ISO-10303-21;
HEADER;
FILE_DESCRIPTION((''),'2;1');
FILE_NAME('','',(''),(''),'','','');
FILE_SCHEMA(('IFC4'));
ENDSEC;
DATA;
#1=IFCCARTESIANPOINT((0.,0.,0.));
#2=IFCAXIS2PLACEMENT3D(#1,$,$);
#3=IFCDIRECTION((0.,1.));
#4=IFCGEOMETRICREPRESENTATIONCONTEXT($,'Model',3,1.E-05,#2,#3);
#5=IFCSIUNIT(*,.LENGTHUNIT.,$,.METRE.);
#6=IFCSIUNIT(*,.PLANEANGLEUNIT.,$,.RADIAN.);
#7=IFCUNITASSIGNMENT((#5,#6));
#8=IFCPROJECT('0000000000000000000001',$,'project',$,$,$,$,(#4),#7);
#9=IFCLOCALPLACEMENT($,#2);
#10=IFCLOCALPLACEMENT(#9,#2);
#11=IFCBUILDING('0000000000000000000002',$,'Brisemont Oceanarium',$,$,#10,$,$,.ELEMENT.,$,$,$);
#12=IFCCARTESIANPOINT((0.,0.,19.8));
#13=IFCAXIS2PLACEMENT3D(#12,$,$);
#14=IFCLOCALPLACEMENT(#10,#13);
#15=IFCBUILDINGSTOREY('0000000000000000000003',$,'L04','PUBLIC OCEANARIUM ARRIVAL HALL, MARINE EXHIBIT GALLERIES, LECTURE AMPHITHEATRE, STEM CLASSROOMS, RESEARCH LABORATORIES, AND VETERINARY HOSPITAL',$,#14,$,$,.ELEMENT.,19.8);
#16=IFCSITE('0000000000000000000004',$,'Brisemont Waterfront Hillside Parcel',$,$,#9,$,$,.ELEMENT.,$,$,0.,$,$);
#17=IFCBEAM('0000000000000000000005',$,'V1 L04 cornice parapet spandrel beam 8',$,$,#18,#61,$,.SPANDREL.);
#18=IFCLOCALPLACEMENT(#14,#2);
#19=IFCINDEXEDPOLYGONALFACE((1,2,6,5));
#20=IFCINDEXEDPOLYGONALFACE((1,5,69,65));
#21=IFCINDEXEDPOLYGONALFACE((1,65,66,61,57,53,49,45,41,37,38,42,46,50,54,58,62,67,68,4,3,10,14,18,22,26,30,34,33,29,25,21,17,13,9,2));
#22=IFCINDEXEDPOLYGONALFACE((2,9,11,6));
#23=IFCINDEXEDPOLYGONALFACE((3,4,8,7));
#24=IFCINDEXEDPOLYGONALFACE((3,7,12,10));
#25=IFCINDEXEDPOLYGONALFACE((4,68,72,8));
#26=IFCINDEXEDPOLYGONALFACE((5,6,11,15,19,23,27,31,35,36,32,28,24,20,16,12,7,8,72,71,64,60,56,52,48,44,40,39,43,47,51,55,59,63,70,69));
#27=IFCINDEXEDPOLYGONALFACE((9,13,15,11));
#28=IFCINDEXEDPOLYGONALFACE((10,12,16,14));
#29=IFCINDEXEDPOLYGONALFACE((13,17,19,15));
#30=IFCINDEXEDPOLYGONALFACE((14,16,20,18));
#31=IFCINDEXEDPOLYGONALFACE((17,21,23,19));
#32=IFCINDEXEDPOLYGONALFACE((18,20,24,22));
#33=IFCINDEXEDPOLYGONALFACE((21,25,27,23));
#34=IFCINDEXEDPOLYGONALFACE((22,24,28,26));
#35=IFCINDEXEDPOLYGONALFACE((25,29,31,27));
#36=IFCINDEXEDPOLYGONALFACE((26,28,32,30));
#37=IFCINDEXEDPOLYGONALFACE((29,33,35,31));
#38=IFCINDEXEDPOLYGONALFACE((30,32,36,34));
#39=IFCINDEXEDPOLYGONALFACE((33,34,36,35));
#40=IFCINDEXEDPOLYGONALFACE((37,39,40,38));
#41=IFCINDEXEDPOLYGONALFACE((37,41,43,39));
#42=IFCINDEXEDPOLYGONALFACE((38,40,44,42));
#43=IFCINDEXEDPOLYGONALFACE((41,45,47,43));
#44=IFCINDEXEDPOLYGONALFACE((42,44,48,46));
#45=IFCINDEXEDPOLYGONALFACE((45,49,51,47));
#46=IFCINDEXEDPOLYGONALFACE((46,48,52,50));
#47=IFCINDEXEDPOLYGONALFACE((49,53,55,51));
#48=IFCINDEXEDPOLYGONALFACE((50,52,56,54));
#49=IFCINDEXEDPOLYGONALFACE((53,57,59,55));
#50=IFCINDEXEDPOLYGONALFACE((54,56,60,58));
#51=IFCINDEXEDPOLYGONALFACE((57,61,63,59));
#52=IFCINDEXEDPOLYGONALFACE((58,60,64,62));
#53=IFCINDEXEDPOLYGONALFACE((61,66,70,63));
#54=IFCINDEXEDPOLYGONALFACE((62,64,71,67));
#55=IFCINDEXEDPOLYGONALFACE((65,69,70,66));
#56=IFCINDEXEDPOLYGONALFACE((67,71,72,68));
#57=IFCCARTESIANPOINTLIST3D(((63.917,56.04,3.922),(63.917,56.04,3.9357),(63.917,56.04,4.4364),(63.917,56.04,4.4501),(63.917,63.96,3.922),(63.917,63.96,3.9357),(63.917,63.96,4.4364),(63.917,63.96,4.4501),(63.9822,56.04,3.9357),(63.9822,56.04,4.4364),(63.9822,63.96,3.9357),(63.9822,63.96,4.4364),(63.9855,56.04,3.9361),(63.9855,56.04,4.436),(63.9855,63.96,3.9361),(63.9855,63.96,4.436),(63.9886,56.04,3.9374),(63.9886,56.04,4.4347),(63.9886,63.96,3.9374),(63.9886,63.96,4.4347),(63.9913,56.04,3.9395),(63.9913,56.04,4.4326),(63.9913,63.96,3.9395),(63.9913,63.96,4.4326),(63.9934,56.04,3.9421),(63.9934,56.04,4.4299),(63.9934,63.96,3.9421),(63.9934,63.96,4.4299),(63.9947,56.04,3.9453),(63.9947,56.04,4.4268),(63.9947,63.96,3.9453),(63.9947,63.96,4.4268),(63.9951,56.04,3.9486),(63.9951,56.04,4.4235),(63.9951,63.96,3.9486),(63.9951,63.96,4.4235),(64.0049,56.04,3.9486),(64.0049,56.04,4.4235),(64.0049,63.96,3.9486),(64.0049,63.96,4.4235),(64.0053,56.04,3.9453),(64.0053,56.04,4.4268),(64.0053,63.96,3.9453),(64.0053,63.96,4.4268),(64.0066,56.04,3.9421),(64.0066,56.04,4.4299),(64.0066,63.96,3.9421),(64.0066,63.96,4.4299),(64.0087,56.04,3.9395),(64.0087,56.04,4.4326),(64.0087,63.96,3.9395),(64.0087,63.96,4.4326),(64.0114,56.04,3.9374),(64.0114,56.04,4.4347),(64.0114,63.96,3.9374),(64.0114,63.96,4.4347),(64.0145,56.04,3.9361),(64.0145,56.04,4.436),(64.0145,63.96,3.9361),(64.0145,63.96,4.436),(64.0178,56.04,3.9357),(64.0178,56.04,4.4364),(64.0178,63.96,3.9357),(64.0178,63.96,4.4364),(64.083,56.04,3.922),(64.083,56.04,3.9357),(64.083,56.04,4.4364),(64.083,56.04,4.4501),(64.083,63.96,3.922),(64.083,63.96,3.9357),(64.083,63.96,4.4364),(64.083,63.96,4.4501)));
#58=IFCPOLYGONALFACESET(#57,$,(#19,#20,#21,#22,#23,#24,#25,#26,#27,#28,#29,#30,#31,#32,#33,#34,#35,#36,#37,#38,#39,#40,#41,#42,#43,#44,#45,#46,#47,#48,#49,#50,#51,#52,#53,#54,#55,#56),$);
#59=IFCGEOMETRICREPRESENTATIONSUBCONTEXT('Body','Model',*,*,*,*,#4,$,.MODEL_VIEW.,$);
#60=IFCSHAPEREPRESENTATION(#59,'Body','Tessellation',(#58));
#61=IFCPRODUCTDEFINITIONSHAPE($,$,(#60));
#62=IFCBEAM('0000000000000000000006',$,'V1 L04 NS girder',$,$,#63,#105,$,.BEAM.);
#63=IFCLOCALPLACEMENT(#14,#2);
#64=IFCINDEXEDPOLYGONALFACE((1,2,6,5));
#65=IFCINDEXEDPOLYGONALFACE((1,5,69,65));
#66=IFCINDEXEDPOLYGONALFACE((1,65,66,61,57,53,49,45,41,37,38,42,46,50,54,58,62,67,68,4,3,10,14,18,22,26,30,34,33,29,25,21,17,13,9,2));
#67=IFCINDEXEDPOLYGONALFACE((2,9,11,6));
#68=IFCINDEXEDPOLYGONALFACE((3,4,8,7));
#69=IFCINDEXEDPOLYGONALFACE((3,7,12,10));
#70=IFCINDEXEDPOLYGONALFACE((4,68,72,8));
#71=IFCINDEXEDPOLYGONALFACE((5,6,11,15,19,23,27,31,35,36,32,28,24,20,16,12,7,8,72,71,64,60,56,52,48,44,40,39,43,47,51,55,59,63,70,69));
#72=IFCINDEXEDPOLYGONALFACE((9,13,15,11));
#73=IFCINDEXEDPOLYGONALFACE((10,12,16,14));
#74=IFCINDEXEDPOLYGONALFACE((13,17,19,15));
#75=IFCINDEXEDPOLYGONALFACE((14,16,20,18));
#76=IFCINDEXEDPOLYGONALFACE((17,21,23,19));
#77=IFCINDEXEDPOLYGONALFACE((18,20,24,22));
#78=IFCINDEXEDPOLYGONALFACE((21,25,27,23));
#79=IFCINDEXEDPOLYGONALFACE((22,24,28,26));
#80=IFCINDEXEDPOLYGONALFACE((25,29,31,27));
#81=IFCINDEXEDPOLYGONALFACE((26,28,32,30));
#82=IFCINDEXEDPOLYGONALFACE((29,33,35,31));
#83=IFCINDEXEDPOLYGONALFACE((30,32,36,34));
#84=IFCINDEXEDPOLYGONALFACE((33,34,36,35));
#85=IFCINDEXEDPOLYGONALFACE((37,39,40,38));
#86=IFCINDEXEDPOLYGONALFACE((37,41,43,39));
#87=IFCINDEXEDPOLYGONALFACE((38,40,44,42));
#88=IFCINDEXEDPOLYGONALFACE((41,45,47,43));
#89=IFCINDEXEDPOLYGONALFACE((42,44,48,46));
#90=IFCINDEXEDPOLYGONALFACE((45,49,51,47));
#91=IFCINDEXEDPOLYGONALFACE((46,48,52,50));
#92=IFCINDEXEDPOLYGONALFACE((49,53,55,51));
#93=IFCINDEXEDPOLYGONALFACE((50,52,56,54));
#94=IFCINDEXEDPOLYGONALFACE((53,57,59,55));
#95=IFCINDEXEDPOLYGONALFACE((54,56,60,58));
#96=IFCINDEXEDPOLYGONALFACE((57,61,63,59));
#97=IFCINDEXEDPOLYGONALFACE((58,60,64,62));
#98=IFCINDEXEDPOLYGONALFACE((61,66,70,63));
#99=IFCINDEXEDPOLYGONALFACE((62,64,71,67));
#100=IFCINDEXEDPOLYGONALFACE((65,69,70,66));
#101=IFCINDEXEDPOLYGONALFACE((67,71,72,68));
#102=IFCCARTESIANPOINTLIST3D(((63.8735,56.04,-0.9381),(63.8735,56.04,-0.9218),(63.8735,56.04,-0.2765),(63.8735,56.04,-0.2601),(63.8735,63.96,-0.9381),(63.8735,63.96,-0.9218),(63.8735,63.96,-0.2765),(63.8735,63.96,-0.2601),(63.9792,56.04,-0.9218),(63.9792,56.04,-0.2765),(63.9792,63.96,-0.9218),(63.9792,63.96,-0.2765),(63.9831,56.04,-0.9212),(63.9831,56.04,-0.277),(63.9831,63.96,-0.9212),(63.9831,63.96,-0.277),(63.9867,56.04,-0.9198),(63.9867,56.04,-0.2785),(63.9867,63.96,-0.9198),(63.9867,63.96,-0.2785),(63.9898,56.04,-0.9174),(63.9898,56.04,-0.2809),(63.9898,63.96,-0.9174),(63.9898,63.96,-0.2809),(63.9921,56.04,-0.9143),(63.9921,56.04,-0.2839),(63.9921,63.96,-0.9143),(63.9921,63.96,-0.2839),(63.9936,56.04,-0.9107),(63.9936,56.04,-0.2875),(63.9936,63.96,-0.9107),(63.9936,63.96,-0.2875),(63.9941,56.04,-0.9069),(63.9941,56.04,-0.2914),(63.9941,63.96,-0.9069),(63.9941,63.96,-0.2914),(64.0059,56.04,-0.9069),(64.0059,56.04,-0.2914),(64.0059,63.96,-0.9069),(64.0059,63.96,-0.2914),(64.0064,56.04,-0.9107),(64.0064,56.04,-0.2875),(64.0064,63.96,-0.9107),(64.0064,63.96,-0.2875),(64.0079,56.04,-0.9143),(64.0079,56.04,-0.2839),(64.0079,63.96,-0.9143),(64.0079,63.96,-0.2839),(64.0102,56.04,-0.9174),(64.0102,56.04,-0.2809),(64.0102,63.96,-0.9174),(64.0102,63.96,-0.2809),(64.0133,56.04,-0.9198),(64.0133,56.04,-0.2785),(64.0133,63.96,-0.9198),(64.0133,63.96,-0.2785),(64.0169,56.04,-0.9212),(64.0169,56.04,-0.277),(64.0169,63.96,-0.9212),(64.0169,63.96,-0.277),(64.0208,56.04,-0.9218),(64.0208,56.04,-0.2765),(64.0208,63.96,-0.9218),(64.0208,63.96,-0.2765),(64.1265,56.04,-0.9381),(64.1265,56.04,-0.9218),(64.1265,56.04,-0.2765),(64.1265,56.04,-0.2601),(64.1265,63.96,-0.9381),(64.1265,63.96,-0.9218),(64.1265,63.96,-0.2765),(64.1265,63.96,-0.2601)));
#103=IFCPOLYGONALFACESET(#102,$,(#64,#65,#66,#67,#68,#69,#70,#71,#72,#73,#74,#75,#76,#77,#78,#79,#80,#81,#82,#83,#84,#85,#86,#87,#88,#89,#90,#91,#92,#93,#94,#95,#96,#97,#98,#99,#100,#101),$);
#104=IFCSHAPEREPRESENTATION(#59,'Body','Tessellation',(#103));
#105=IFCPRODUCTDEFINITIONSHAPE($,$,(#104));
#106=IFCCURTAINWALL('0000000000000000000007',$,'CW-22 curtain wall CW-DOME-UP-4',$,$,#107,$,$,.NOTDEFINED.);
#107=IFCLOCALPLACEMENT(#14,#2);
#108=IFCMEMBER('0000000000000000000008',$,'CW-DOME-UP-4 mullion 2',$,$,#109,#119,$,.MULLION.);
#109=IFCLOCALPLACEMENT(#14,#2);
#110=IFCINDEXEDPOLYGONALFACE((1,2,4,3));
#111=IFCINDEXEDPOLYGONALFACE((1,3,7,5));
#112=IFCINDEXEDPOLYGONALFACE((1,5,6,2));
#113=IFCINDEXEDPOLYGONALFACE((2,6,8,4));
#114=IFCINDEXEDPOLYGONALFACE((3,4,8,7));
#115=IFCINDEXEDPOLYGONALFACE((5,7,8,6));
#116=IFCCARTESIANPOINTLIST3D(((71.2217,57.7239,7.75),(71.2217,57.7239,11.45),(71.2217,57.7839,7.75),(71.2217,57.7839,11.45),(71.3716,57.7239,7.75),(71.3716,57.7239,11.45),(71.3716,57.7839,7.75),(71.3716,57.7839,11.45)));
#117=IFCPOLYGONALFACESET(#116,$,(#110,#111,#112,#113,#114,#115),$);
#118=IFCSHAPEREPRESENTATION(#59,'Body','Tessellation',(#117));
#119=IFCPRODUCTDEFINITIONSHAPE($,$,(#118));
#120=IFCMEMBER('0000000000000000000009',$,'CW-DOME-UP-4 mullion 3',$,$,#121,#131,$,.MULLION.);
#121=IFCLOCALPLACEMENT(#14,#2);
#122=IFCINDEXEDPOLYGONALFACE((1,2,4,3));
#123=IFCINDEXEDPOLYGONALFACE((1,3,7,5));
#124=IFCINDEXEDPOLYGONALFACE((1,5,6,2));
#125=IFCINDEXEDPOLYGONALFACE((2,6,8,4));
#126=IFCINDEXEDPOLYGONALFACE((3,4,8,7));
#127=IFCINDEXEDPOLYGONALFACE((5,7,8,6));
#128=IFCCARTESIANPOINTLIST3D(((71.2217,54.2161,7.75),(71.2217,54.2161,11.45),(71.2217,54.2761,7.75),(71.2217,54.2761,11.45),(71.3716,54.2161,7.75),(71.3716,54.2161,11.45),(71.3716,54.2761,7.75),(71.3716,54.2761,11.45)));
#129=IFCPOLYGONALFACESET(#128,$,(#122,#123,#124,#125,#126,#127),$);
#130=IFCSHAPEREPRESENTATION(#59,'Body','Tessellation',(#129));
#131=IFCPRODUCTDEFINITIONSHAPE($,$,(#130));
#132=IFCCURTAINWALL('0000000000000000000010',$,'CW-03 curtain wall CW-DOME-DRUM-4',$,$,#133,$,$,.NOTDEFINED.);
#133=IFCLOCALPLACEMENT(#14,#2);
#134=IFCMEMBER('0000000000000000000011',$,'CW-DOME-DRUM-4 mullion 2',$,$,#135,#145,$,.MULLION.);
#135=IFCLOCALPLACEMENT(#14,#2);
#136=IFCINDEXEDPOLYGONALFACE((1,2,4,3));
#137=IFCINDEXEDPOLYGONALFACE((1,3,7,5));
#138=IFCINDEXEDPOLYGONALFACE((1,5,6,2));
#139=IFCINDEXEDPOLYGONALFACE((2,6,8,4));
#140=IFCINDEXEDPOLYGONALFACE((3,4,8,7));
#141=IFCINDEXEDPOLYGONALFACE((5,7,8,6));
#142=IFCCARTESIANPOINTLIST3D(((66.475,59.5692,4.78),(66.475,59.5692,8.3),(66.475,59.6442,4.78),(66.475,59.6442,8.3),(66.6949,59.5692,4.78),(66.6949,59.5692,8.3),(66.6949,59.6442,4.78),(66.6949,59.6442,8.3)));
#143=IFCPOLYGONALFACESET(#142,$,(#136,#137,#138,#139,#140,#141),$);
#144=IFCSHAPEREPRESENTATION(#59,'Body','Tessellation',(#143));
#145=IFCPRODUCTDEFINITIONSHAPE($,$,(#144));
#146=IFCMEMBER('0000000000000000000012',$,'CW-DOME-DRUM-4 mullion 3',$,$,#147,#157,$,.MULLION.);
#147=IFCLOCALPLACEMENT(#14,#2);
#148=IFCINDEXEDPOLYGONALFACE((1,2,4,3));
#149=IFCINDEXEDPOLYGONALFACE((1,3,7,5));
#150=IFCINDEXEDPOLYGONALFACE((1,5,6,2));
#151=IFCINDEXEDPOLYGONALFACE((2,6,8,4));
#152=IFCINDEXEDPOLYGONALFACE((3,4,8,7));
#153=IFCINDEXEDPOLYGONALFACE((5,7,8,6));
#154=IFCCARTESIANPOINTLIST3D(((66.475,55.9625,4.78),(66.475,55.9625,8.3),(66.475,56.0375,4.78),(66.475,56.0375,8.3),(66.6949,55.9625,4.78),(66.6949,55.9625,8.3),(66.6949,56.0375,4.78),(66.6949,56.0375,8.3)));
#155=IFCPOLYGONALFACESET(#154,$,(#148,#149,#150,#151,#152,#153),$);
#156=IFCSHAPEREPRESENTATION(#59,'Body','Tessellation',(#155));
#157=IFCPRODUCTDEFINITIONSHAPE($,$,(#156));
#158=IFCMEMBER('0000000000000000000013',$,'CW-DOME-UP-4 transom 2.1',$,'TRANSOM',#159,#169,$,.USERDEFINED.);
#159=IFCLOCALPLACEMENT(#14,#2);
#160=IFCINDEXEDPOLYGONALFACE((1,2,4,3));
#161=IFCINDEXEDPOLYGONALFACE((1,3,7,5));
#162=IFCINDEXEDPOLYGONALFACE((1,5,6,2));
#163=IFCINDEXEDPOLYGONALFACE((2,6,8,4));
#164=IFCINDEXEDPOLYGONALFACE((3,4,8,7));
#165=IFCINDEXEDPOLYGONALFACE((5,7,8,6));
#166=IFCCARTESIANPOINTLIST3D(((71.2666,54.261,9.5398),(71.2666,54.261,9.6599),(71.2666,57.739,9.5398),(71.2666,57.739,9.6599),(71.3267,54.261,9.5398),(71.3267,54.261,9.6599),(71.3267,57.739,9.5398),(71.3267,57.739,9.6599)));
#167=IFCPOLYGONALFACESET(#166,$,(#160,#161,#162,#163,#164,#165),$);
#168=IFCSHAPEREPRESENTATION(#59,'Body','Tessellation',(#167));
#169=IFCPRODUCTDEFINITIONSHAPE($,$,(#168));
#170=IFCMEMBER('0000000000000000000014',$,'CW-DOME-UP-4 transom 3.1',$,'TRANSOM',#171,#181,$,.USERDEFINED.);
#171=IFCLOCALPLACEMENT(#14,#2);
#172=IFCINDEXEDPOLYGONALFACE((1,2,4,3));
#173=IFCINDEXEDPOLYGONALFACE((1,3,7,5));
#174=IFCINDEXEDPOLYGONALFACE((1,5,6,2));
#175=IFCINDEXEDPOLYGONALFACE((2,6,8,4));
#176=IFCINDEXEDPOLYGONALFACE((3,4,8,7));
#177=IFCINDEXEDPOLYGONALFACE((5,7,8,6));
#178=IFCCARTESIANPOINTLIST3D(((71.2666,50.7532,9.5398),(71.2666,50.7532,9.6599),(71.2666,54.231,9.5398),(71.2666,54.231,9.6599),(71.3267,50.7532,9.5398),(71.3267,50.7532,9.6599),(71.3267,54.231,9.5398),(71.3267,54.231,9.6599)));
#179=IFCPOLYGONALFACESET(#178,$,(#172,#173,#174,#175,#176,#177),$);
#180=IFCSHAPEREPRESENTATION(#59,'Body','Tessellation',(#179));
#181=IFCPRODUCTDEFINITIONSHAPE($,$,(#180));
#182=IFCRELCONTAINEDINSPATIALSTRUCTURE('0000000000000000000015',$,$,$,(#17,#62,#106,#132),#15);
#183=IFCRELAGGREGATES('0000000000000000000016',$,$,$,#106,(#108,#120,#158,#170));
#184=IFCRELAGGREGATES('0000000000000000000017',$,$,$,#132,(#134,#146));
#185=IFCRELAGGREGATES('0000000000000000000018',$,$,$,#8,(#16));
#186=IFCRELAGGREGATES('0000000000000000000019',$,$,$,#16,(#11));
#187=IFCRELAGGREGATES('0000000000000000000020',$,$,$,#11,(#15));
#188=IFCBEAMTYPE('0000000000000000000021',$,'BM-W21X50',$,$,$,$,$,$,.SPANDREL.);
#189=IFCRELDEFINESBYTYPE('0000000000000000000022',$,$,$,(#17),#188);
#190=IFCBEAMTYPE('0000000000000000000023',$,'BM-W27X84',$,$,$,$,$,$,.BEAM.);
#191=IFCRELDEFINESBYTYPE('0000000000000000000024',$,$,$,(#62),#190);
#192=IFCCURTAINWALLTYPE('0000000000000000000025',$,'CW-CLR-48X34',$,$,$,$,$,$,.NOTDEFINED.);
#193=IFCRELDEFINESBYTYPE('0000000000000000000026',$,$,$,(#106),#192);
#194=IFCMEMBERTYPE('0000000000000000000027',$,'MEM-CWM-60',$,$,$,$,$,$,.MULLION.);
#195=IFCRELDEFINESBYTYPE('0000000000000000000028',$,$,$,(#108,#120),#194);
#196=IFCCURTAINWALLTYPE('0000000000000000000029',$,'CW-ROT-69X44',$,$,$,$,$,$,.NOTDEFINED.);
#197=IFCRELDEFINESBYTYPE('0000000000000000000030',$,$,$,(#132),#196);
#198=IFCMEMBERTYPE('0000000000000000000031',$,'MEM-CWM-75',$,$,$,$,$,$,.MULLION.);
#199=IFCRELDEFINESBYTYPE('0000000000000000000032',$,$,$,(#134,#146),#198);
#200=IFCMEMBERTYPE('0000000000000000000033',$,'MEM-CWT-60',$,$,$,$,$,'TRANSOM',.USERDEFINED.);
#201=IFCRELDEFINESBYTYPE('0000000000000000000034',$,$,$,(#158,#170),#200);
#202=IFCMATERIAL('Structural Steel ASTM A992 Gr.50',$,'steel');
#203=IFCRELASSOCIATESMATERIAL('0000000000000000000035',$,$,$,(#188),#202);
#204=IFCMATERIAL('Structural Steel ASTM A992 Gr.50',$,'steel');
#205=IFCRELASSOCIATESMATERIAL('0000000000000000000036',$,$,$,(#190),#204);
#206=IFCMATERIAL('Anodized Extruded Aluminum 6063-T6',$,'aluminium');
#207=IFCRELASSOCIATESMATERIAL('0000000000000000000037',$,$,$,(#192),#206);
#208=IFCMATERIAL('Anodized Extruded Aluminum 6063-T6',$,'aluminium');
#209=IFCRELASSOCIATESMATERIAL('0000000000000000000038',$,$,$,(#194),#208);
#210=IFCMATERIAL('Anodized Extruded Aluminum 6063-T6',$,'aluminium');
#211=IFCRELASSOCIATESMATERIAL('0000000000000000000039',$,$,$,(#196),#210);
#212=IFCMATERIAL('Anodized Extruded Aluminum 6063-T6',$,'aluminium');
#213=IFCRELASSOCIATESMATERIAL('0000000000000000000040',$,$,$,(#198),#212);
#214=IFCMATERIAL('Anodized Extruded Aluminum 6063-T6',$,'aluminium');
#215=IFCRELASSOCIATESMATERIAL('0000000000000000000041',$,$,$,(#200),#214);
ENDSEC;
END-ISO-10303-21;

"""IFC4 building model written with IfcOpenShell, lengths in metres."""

from ifc_helpers import new_model, si_unit, direction, frame, origin, origin_2d, place, context, subcontext, project, spatial, rectangle, i_section, extrude, material, material_profile, profile_set, type_object, element, aggregate, save


model = new_model("IFC4")

# Units and contexts
model_context = context("Model", 3, precision=1e-05, world=origin(), true_north=direction((0.0, 1.0)))
body_context = subcontext(model_context, "Body", "Model", "MODEL_VIEW")
ifc_project = project(units=[si_unit("LENGTHUNIT", "METRE"), si_unit("PLANEANGLEUNIT", "RADIAN")], contexts=[model_context])

# Site, building, storey
site_placement = place(None, origin())
site = spatial("IfcSite", under=ifc_project, at=site_placement, Name="Brisemont Waterfront Hillside Parcel", CompositionType="ELEMENT", RefElevation=0.0)
building_placement = place(site_placement, origin())
building = spatial("IfcBuilding", under=site, at=building_placement, Name="Brisemont Oceanarium", CompositionType="ELEMENT")
storey_placement = place(building_placement, frame((0.0, 0.0, 19.8)))
storey = spatial("IfcBuildingStorey", under=building, at=storey_placement, Name="L04", Description="PUBLIC OCEANARIUM ARRIVAL HALL, MARINE EXHIBIT GALLERIES, LECTURE AMPHITHEATRE, STEM CLASSROOMS, RESEARCH LABORATORIES, AND VETERINARY HOSPITAL", CompositionType="ELEMENT", Elevation=19.8)

# Beams
ifc_material_1 = material(Name="Structural Steel ASTM A992 Gr.50", Category="steel")
ifc_material_profile_1 = material_profile(ifc_material_1, i_section(OverallWidth=0.166, OverallDepth=0.5281, WebThickness=0.0098, FlangeThickness=0.0137, FilletRadius=0.0129, at=origin_2d()), Name="W21X50")
ifc_profile_set_1 = profile_set([ifc_material_profile_1], Name="Structural Steel ASTM A992 Gr.50")
beam_type_1 = type_object("IfcBeamType", Name="BM-W21X50", PredefinedType="SPANDREL", material=ifc_profile_set_1)
beam_1_placement = place(storey_placement, frame((64.0, 56.04, 4.186), z_axis=(0.0, 1.0, 0.0), x_axis=(-1.0, 0.0, 0.0)))
element("IfcBeam", 1, at=beam_1_placement, inside=storey, type_object=beam_type_1, Name="V1 L04 cornice parapet spandrel beam 8", PredefinedType="SPANDREL", context=body_context, shape_type="SweptSolid", body=[
    extrude(i_section(OverallWidth=0.166, OverallDepth=0.5281, WebThickness=0.0098, FlangeThickness=0.0137, FilletRadius=0.0129, at=origin_2d()), origin(), (0.0, 0.0, 1.0), 7.9199),
])
ifc_material_2 = material(Name="Structural Steel ASTM A992 Gr.50", Category="steel")
ifc_material_profile_2 = material_profile(ifc_material_2, i_section(OverallWidth=0.2529, OverallDepth=0.678, WebThickness=0.0117, FlangeThickness=0.0164, FilletRadius=0.0149, at=origin_2d()), Name="W27X84")
ifc_profile_set_2 = profile_set([ifc_material_profile_2], Name="Structural Steel ASTM A992 Gr.50")
beam_type_2 = type_object("IfcBeamType", Name="BM-W27X84", PredefinedType="BEAM", material=ifc_profile_set_2)
beam_2_placement = place(storey_placement, frame((64.0, 56.04, -0.5991), z_axis=(0.0, 1.0, 0.0), x_axis=(-1.0, 0.0, 0.0)))
element("IfcBeam", 2, at=beam_2_placement, inside=storey, type_object=beam_type_2, Name="V1 L04 NS girder", PredefinedType="BEAM", context=body_context, shape_type="SweptSolid", body=[
    extrude(i_section(OverallWidth=0.2529, OverallDepth=0.678, WebThickness=0.0117, FlangeThickness=0.0164, FilletRadius=0.0149, at=origin_2d()), origin(), (0.0, 0.0, 1.0), 7.9199),
])

# Curtain walls, members
ifc_material_3 = material(Name="Anodized Extruded Aluminum 6063-T6", Category="aluminium")
curtain_wall_type_1 = type_object("IfcCurtainWallType", Name="CW-CLR-48X34", PredefinedType="NOTDEFINED", material=ifc_material_3)
curtain_wall_1_placement = place(storey_placement, origin())
curtain_wall_1 = element("IfcCurtainWall", 3, at=curtain_wall_1_placement, inside=storey, type_object=curtain_wall_type_1, Name="CW-22 curtain wall CW-DOME-UP-4", PredefinedType="NOTDEFINED")
ifc_material_4 = material(Name="Anodized Extruded Aluminum 6063-T6", Category="aluminium")
ifc_material_profile_3 = material_profile(ifc_material_4, rectangle(XDim=0.0601, YDim=0.1499, at=origin_2d()), Name="CWM-60X150")
ifc_profile_set_3 = profile_set([ifc_material_profile_3], Name="Anodized Extruded Aluminum 6063-T6")
member_type_1 = type_object("IfcMemberType", Name="MEM-CWM-60", PredefinedType="MULLION", material=ifc_profile_set_3)
member_1_placement = place(storey_placement, frame((71.2966, 57.7539, 7.75), z_axis=(0.0, 0.0, 1.0), x_axis=(0.0, -1.0, 0.0)))
member_1 = element("IfcMember", 4, at=member_1_placement, type_object=member_type_1, Name="CW-DOME-UP-4 mullion 2", PredefinedType="MULLION", context=body_context, shape_type="SweptSolid", body=[
    extrude(rectangle(XDim=0.0601, YDim=0.1499, at=origin_2d()), origin(), (0.0, 0.0, 1.0), 3.7),
])
member_2_placement = place(storey_placement, frame((71.2966, 54.2461, 7.75), z_axis=(0.0, 0.0, 1.0), x_axis=(0.0, -1.0, 0.0)))
member_2 = element("IfcMember", 5, at=member_2_placement, type_object=member_type_1, Name="CW-DOME-UP-4 mullion 3", PredefinedType="MULLION", context=body_context, shape_type="SweptSolid", body=[
    extrude(rectangle(XDim=0.0601, YDim=0.1499, at=origin_2d()), origin(), (0.0, 0.0, 1.0), 3.7),
])
ifc_material_5 = material(Name="Anodized Extruded Aluminum 6063-T6", Category="aluminium")
curtain_wall_type_2 = type_object("IfcCurtainWallType", Name="CW-ROT-69X44", PredefinedType="NOTDEFINED", material=ifc_material_5)
curtain_wall_2_placement = place(storey_placement, origin())
curtain_wall_2 = element("IfcCurtainWall", 6, at=curtain_wall_2_placement, inside=storey, type_object=curtain_wall_type_2, Name="CW-03 curtain wall CW-DOME-DRUM-4", PredefinedType="NOTDEFINED")
ifc_material_6 = material(Name="Anodized Extruded Aluminum 6063-T6", Category="aluminium")
ifc_material_profile_4 = material_profile(ifc_material_6, rectangle(XDim=0.075, YDim=0.22, at=origin_2d()), Name="CWM-75X220")
ifc_profile_set_4 = profile_set([ifc_material_profile_4], Name="Anodized Extruded Aluminum 6063-T6")
member_type_2 = type_object("IfcMemberType", Name="MEM-CWM-75", PredefinedType="MULLION", material=ifc_profile_set_4)
member_3_placement = place(storey_placement, frame((66.585, 59.6067, 4.78), z_axis=(0.0, 0.0, 1.0), x_axis=(0.0, -1.0, 0.0)))
member_3 = element("IfcMember", 7, at=member_3_placement, type_object=member_type_2, Name="CW-DOME-DRUM-4 mullion 2", PredefinedType="MULLION", context=body_context, shape_type="SweptSolid", body=[
    extrude(rectangle(XDim=0.075, YDim=0.22, at=origin_2d()), origin(), (0.0, 0.0, 1.0), 3.52),
])
member_4_placement = place(storey_placement, frame((66.585, 56.0, 4.78), z_axis=(0.0, 0.0, 1.0), x_axis=(0.0, -1.0, 0.0)))
member_4 = element("IfcMember", 8, at=member_4_placement, type_object=member_type_2, Name="CW-DOME-DRUM-4 mullion 3", PredefinedType="MULLION", context=body_context, shape_type="SweptSolid", body=[
    extrude(rectangle(XDim=0.075, YDim=0.22, at=origin_2d()), origin(), (0.0, 0.0, 1.0), 3.52),
])

# Members
ifc_material_7 = material(Name="Anodized Extruded Aluminum 6063-T6", Category="aluminium")
ifc_material_profile_5 = material_profile(ifc_material_7, rectangle(XDim=0.0601, YDim=0.1201, at=origin_2d()), Name="CWT-60X120")
ifc_profile_set_5 = profile_set([ifc_material_profile_5], Name="Anodized Extruded Aluminum 6063-T6")
member_type_3 = type_object("IfcMemberType", Name="MEM-CWT-60", ElementType="TRANSOM", PredefinedType="USERDEFINED", material=ifc_profile_set_5)
member_5_placement = place(storey_placement, frame((71.2966, 57.739, 9.5999), z_axis=(0.0, -1.0, 0.0), x_axis=(1.0, 0.0, 0.0)))
member_5 = element("IfcMember", 9, at=member_5_placement, type_object=member_type_3, Name="CW-DOME-UP-4 transom 2.1", ObjectType="TRANSOM", PredefinedType="USERDEFINED", context=body_context, shape_type="SweptSolid", body=[
    extrude(rectangle(XDim=0.0601, YDim=0.1201, at=origin_2d()), origin(), (0.0, 0.0, 1.0), 3.478),
])
member_6_placement = place(storey_placement, frame((71.2966, 54.231, 9.5999), z_axis=(0.0, -1.0, 0.0), x_axis=(1.0, 0.0, 0.0)))
member_6 = element("IfcMember", 10, at=member_6_placement, type_object=member_type_3, Name="CW-DOME-UP-4 transom 3.1", ObjectType="TRANSOM", PredefinedType="USERDEFINED", context=body_context, shape_type="SweptSolid", body=[
    extrude(rectangle(XDim=0.0601, YDim=0.1201, at=origin_2d()), origin(), (0.0, 0.0, 1.0), 3.4778),
])

aggregate(curtain_wall_1, [member_1, member_2, member_5, member_6])
aggregate(curtain_wall_2, [member_3, member_4])

save(model, "model.ifc")
